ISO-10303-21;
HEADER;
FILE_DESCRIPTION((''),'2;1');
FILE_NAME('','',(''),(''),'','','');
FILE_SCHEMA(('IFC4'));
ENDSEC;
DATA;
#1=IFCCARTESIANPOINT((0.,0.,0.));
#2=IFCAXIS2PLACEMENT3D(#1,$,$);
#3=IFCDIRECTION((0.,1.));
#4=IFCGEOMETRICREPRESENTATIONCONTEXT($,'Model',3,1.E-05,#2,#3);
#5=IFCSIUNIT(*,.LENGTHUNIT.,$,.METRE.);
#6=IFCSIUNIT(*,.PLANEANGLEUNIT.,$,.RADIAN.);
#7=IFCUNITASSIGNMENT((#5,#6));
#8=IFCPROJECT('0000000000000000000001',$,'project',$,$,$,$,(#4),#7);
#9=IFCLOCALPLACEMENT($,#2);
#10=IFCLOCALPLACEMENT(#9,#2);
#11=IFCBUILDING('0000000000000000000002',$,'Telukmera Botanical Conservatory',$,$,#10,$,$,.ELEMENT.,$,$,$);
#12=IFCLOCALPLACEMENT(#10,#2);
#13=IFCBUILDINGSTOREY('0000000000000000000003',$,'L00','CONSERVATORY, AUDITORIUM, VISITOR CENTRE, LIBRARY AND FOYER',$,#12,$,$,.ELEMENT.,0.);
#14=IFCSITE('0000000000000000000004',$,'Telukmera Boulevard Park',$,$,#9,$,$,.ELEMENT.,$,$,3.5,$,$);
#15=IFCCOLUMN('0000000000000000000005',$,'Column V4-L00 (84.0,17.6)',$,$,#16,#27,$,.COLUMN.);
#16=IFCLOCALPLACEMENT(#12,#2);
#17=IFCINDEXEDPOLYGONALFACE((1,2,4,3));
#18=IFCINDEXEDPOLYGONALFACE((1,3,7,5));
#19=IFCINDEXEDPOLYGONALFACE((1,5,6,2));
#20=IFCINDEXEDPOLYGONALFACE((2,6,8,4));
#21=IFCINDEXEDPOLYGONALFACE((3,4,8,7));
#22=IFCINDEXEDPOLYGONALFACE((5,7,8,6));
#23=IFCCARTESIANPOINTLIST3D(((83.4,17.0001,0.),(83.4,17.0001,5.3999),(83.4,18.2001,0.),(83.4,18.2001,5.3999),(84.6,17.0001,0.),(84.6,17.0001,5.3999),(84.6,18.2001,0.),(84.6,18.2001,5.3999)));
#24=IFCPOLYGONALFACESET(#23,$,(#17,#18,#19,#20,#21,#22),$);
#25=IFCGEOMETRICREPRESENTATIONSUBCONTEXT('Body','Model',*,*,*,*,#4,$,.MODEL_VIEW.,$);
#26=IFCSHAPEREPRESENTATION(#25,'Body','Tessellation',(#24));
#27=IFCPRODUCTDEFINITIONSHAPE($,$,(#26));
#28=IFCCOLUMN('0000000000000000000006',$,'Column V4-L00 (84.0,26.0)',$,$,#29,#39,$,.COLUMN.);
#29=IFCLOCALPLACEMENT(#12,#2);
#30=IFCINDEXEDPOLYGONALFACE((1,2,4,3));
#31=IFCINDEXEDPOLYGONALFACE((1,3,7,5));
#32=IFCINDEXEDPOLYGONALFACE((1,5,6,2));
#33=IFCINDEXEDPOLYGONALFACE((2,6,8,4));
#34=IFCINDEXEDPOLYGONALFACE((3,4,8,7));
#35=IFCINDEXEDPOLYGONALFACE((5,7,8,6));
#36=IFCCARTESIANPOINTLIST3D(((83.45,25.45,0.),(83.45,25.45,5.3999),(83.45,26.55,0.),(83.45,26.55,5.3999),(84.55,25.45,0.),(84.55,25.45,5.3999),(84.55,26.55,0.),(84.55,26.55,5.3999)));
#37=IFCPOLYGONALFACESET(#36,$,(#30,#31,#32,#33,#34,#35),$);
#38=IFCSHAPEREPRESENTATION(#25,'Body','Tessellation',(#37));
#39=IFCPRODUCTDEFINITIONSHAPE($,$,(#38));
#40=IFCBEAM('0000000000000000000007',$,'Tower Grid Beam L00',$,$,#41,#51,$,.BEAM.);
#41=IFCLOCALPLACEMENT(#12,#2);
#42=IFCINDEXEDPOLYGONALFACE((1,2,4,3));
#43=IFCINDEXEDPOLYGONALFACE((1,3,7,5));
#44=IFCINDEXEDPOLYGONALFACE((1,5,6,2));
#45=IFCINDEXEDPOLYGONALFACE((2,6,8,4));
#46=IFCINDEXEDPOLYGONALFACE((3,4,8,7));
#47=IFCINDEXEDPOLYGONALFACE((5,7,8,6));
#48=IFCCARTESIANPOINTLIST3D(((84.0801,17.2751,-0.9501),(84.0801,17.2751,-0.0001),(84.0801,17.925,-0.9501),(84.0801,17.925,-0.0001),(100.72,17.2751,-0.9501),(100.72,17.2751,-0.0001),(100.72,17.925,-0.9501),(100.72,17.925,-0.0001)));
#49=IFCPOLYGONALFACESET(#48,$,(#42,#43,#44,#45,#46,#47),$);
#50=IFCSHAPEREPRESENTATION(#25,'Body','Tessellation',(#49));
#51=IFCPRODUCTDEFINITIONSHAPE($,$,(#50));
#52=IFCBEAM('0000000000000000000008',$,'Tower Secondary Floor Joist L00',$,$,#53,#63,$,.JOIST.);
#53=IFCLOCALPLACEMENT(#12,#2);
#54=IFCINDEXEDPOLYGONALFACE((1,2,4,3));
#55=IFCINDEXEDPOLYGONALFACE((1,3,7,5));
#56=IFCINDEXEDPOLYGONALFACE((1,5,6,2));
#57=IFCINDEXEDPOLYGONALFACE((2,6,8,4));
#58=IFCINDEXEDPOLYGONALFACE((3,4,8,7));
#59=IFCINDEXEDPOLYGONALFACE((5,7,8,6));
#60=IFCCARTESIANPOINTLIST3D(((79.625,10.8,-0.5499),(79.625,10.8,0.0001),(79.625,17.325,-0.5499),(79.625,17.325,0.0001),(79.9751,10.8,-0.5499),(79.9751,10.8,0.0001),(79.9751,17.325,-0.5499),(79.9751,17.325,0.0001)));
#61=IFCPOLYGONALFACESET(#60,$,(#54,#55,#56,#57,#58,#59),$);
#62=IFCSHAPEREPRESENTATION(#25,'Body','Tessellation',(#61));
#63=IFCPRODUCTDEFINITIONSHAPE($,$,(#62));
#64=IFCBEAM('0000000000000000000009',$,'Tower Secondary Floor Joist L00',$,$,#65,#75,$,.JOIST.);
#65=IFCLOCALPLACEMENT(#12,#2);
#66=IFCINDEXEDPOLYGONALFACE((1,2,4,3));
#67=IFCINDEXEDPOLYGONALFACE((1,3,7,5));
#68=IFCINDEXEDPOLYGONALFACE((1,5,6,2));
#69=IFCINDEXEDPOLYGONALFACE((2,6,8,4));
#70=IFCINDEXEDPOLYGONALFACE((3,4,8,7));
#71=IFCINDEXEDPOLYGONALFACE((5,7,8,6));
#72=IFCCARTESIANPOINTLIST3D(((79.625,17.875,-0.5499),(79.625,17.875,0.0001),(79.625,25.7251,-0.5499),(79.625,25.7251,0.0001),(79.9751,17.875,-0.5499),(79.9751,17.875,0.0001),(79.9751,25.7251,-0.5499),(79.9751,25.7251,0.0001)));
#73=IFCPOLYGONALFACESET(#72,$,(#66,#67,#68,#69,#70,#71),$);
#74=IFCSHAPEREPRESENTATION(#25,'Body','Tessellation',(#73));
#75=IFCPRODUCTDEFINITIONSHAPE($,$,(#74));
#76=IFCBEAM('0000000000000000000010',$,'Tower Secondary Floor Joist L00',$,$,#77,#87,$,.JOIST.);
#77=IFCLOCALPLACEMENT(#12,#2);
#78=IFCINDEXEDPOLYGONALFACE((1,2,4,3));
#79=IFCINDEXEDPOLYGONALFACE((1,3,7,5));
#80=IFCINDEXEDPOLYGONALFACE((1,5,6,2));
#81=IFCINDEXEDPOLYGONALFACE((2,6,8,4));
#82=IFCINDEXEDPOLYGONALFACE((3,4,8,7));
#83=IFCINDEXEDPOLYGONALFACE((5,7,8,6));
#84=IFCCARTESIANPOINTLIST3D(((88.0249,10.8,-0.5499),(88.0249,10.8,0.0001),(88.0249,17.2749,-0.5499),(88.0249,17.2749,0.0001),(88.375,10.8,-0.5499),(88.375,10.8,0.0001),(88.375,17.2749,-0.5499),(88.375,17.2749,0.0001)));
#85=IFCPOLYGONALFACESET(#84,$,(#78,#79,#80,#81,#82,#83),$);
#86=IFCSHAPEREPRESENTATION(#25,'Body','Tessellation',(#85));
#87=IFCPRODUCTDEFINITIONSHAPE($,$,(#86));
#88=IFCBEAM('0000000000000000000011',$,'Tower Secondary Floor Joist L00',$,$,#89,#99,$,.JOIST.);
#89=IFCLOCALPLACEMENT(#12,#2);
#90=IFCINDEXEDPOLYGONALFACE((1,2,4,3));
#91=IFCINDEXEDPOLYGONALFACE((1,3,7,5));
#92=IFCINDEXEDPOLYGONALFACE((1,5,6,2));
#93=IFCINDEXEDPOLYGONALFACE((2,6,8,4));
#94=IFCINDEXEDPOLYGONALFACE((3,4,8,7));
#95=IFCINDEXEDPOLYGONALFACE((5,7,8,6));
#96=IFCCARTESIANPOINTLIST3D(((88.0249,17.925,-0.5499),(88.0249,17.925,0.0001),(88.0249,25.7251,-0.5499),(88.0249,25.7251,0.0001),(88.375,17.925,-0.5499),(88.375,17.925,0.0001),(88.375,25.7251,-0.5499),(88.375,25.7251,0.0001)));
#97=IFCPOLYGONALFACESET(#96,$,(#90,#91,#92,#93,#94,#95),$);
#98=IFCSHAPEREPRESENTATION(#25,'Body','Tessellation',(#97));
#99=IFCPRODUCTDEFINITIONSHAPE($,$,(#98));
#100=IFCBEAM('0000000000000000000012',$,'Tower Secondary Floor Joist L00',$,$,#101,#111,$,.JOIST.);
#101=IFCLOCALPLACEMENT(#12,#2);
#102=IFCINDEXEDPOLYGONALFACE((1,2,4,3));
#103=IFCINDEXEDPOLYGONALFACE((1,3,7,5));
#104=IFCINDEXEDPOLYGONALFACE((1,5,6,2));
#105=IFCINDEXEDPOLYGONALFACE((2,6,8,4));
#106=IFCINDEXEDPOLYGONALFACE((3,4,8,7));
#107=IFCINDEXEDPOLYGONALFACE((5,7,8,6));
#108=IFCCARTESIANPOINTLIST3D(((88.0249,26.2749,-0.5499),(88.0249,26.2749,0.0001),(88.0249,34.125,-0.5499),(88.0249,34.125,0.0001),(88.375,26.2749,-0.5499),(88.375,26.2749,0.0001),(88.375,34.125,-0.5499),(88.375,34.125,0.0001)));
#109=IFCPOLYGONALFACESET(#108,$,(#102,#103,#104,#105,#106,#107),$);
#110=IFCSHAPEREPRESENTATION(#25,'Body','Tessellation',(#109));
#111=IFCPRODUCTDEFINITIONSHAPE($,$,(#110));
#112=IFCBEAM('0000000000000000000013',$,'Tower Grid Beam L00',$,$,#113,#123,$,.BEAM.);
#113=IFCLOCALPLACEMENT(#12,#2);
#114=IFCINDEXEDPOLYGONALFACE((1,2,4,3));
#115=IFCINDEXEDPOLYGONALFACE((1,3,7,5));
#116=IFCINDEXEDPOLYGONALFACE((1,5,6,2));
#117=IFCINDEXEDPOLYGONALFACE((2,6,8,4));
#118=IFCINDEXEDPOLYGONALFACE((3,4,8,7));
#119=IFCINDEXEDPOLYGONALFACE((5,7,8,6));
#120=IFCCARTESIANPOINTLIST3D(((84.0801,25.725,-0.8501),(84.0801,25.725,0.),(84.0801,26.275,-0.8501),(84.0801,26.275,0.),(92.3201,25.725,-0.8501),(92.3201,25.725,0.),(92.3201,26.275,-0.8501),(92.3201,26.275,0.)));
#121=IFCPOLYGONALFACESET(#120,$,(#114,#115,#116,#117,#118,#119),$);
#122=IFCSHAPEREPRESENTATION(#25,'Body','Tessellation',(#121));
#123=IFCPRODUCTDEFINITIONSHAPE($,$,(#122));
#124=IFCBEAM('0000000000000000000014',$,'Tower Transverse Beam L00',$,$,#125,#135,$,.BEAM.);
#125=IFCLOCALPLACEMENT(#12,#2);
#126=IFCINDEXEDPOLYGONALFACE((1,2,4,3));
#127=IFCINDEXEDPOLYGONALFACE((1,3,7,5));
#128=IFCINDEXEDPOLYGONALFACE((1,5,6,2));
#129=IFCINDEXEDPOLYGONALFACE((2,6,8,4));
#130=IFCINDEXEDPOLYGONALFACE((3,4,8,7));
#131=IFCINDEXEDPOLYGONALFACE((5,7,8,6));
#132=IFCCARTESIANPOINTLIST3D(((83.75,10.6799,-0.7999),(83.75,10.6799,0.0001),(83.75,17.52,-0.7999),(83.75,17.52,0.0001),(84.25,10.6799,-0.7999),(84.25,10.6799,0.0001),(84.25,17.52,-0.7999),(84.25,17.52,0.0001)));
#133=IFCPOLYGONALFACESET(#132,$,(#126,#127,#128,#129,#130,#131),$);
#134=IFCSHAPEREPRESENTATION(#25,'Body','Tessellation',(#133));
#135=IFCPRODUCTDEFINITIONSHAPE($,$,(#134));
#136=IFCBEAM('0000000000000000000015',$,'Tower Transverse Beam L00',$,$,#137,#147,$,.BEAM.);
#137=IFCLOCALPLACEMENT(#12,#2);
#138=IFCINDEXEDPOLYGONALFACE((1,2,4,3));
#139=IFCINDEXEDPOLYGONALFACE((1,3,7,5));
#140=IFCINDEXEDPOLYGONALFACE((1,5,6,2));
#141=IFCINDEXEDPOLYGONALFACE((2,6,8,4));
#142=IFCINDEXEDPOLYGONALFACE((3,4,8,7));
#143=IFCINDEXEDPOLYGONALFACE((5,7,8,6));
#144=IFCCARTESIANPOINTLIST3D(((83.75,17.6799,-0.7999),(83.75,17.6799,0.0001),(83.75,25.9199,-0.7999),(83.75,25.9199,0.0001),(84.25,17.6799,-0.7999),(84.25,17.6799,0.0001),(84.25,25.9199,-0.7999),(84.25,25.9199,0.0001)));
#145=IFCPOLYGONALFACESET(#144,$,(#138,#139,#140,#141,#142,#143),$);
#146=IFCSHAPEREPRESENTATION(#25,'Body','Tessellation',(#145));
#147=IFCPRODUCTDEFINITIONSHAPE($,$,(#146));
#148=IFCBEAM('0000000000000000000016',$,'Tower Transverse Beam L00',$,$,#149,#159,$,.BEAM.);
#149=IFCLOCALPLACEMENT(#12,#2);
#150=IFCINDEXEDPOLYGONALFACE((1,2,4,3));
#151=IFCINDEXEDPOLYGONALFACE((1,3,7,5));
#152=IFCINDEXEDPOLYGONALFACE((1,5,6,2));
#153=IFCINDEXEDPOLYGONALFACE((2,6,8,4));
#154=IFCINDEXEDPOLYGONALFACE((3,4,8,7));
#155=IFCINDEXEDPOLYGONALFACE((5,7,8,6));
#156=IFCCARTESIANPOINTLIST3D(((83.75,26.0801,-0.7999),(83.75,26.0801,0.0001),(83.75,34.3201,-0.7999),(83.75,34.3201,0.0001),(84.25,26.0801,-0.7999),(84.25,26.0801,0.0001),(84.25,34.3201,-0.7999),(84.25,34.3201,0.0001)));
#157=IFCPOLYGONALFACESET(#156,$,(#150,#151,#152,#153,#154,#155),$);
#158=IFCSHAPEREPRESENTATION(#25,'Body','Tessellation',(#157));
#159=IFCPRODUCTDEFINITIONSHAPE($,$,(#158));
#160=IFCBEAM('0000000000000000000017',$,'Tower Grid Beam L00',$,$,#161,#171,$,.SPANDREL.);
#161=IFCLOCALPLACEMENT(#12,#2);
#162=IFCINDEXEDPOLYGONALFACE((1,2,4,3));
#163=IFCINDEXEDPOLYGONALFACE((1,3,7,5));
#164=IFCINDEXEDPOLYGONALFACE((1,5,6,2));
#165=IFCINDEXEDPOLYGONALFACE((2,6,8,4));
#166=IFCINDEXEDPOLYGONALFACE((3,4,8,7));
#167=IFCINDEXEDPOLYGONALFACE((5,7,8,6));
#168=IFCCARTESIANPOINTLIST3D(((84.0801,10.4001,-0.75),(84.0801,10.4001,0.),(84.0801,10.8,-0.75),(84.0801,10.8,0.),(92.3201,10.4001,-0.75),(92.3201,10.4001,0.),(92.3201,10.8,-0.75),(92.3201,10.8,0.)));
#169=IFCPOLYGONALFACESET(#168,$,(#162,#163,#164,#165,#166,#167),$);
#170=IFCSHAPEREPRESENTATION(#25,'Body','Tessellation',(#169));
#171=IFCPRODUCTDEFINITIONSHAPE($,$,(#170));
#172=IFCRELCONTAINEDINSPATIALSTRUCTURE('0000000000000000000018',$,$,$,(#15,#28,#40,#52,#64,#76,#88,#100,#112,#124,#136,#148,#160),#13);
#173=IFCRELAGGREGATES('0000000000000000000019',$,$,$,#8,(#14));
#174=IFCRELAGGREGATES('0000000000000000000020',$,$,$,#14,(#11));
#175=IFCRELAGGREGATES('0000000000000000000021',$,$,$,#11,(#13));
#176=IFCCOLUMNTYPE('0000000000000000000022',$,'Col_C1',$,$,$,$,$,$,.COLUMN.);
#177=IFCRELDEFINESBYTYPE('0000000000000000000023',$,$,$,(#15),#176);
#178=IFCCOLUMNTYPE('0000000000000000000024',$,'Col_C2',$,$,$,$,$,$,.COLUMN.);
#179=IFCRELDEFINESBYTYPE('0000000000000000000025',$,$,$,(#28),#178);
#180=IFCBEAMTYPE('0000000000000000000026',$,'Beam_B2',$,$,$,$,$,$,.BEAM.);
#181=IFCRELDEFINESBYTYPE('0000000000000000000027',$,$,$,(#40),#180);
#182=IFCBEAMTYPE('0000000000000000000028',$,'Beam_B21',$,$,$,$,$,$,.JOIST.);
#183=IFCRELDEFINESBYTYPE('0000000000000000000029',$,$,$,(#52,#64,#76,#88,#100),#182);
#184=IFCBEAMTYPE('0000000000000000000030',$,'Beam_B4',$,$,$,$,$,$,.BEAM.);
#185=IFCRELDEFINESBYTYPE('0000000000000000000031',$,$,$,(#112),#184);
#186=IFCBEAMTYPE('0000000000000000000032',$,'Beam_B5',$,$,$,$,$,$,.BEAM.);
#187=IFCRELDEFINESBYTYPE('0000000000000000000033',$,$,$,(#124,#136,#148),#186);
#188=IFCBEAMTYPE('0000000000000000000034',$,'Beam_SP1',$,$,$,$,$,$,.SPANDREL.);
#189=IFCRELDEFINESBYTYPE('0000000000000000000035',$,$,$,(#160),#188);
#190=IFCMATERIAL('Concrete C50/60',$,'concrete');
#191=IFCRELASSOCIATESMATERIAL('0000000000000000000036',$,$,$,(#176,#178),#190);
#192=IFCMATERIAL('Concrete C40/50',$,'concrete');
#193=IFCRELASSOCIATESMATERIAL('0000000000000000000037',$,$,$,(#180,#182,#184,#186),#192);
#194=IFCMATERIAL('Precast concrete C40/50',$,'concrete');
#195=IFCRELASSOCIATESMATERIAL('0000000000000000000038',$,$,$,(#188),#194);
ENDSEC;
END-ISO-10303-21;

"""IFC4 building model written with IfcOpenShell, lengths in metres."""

from ifc_helpers import new_model, si_unit, direction, frame, origin, origin_2d, place, context, subcontext, project, spatial, rectangle, extrude, material, material_profile, profile_set, type_object, element, save


model = new_model("IFC4")

# Units and contexts
model_context = context("Model", 3, precision=1e-05, world=origin(), true_north=direction((0.0, 1.0)))
body_context = subcontext(model_context, "Body", "Model", "MODEL_VIEW")
ifc_project = project(units=[si_unit("LENGTHUNIT", "METRE"), si_unit("PLANEANGLEUNIT", "RADIAN")], contexts=[model_context])

# Site, building, storey
site_placement = place(None, origin())
site = spatial("IfcSite", under=ifc_project, at=site_placement, Name="Telukmera Boulevard Park", CompositionType="ELEMENT", RefElevation=3.5)
building_placement = place(site_placement, origin())
building = spatial("IfcBuilding", under=site, at=building_placement, Name="Telukmera Botanical Conservatory", CompositionType="ELEMENT")
storey_placement = place(building_placement, origin())
storey = spatial("IfcBuildingStorey", under=building, at=storey_placement, Name="L00", Description="CONSERVATORY, AUDITORIUM, VISITOR CENTRE, LIBRARY AND FOYER", CompositionType="ELEMENT", Elevation=0.0)

# Columns
ifc_material_1 = material(Name="Concrete C50/60", Category="concrete")
ifc_material_profile_1 = material_profile(ifc_material_1, rectangle(XDim=1.2, YDim=1.2, at=origin_2d()), Name="RC 1200x1200")
ifc_profile_set_1 = profile_set([ifc_material_profile_1], Name="Concrete C50/60")
column_type_1 = type_object("IfcColumnType", Name="Col_C1", PredefinedType="COLUMN", material=ifc_profile_set_1)
column_1_placement = place(storey_placement, frame((84.0, 17.6001, 0.0), z_axis=(0.0, 0.0, 1.0), x_axis=(1.0, 0.0, 0.0)))
element("IfcColumn", 1, at=column_1_placement, inside=storey, type_object=column_type_1, Name="Column V4-L00 (84.0,17.6)", PredefinedType="COLUMN", context=body_context, shape_type="SweptSolid", body=[
    extrude(rectangle(XDim=1.2, YDim=1.2, at=origin_2d()), origin(), (0.0, 0.0, 1.0), 5.3999),
])
ifc_material_profile_2 = material_profile(ifc_material_1, rectangle(XDim=1.1001, YDim=1.1001, at=origin_2d()), Name="RC 1100x1100")
ifc_profile_set_2 = profile_set([ifc_material_profile_2], Name="Concrete C50/60")
column_type_2 = type_object("IfcColumnType", Name="Col_C2", PredefinedType="COLUMN", material=ifc_profile_set_2)
column_2_placement = place(storey_placement, frame((84.0, 26.0, 0.0), z_axis=(0.0, 0.0, 1.0), x_axis=(1.0, 0.0, 0.0)))
element("IfcColumn", 2, at=column_2_placement, inside=storey, type_object=column_type_2, Name="Column V4-L00 (84.0,26.0)", PredefinedType="COLUMN", context=body_context, shape_type="SweptSolid", body=[
    extrude(rectangle(XDim=1.1001, YDim=1.1001, at=origin_2d()), origin(), (0.0, 0.0, 1.0), 5.3999),
])

# Beams
ifc_material_2 = material(Name="Concrete C40/50", Category="concrete")
ifc_material_profile_3 = material_profile(ifc_material_2, rectangle(XDim=0.6499, YDim=0.95, at=origin_2d()), Name="RC 650x950")
ifc_profile_set_3 = profile_set([ifc_material_profile_3], Name="Concrete C40/50")
beam_type_1 = type_object("IfcBeamType", Name="Beam_B2", PredefinedType="BEAM", material=ifc_profile_set_3)
beam_1_placement = place(storey_placement, frame((84.0801, 17.6001, -0.4751), z_axis=(1.0, 0.0, 0.0), x_axis=(0.0, 1.0, 0.0)))
element("IfcBeam", 3, at=beam_1_placement, inside=storey, type_object=beam_type_1, Name="Tower Grid Beam L00", PredefinedType="BEAM", context=body_context, shape_type="SweptSolid", body=[
    extrude(rectangle(XDim=0.6499, YDim=0.95, at=origin_2d()), origin(), (0.0, 0.0, 1.0), 16.6399),
])
ifc_material_profile_4 = material_profile(ifc_material_2, rectangle(XDim=0.3501, YDim=0.55, at=origin_2d()), Name="RC 350x550")
ifc_profile_set_4 = profile_set([ifc_material_profile_4], Name="Concrete C40/50")
beam_type_2 = type_object("IfcBeamType", Name="Beam_B21", PredefinedType="JOIST", material=ifc_profile_set_4)
beam_2_placement = place(storey_placement, frame((79.8, 10.8, -0.2749), z_axis=(0.0, 1.0, 0.0), x_axis=(-1.0, 0.0, 0.0)))
element("IfcBeam", 4, at=beam_2_placement, inside=storey, type_object=beam_type_2, Name="Tower Secondary Floor Joist L00", PredefinedType="JOIST", context=body_context, shape_type="SweptSolid", body=[
    extrude(rectangle(XDim=0.3501, YDim=0.55, at=origin_2d()), origin(), (0.0, 0.0, 1.0), 6.5249),
])
beam_3_placement = place(storey_placement, frame((79.8, 17.875, -0.2749), z_axis=(0.0, 1.0, 0.0), x_axis=(-1.0, 0.0, 0.0)))
element("IfcBeam", 5, at=beam_3_placement, inside=storey, type_object=beam_type_2, Name="Tower Secondary Floor Joist L00", PredefinedType="JOIST", context=body_context, shape_type="SweptSolid", body=[
    extrude(rectangle(XDim=0.3501, YDim=0.55, at=origin_2d()), origin(), (0.0, 0.0, 1.0), 7.8501),
])
beam_4_placement = place(storey_placement, frame((88.2, 10.8, -0.2749), z_axis=(0.0, 1.0, 0.0), x_axis=(-1.0, 0.0, 0.0)))
element("IfcBeam", 6, at=beam_4_placement, inside=storey, type_object=beam_type_2, Name="Tower Secondary Floor Joist L00", PredefinedType="JOIST", context=body_context, shape_type="SweptSolid", body=[
    extrude(rectangle(XDim=0.3501, YDim=0.55, at=origin_2d()), origin(), (0.0, 0.0, 1.0), 6.4749),
])
beam_5_placement = place(storey_placement, frame((88.2, 17.925, -0.2749), z_axis=(0.0, 1.0, 0.0), x_axis=(-1.0, 0.0, 0.0)))
element("IfcBeam", 7, at=beam_5_placement, inside=storey, type_object=beam_type_2, Name="Tower Secondary Floor Joist L00", PredefinedType="JOIST", context=body_context, shape_type="SweptSolid", body=[
    extrude(rectangle(XDim=0.3501, YDim=0.55, at=origin_2d()), origin(), (0.0, 0.0, 1.0), 7.8),
])
beam_6_placement = place(storey_placement, frame((88.2, 26.2749, -0.2749), z_axis=(0.0, 1.0, 0.0), x_axis=(-1.0, 0.0, 0.0)))
element("IfcBeam", 8, at=beam_6_placement, inside=storey, type_object=beam_type_2, Name="Tower Secondary Floor Joist L00", PredefinedType="JOIST", context=body_context, shape_type="SweptSolid", body=[
    extrude(rectangle(XDim=0.3501, YDim=0.55, at=origin_2d()), origin(), (0.0, 0.0, 1.0), 7.8501),
])
ifc_material_profile_5 = material_profile(ifc_material_2, rectangle(XDim=0.55, YDim=0.8501, at=origin_2d()), Name="RC 550x850")
ifc_profile_set_5 = profile_set([ifc_material_profile_5], Name="Concrete C40/50")
beam_type_3 = type_object("IfcBeamType", Name="Beam_B4", PredefinedType="BEAM", material=ifc_profile_set_5)
beam_7_placement = place(storey_placement, frame((84.0801, 26.0, -0.425), z_axis=(1.0, 0.0, 0.0), x_axis=(0.0, 1.0, 0.0)))
element("IfcBeam", 9, at=beam_7_placement, inside=storey, type_object=beam_type_3, Name="Tower Grid Beam L00", PredefinedType="BEAM", context=body_context, shape_type="SweptSolid", body=[
    extrude(rectangle(XDim=0.55, YDim=0.8501, at=origin_2d()), origin(), (0.0, 0.0, 1.0), 8.24),
])
ifc_material_profile_6 = material_profile(ifc_material_2, rectangle(XDim=0.5, YDim=0.8, at=origin_2d()), Name="RC 500x800")
ifc_profile_set_6 = profile_set([ifc_material_profile_6], Name="Concrete C40/50")
beam_type_4 = type_object("IfcBeamType", Name="Beam_B5", PredefinedType="BEAM", material=ifc_profile_set_6)
beam_8_placement = place(storey_placement, frame((84.0, 10.6799, -0.3999), z_axis=(0.0, 1.0, 0.0), x_axis=(-1.0, 0.0, 0.0)))
element("IfcBeam", 10, at=beam_8_placement, inside=storey, type_object=beam_type_4, Name="Tower Transverse Beam L00", PredefinedType="BEAM", context=body_context, shape_type="SweptSolid", body=[
    extrude(rectangle(XDim=0.5, YDim=0.8, at=origin_2d()), origin(), (0.0, 0.0, 1.0), 6.8401),
])
for number, where, z_axis, x_axis, name in (
    (11, (84.0, 17.6799, -0.3999), (0.0, 1.0, 0.0), (-1.0, 0.0, 0.0), "Tower Transverse Beam L00"),
    (12, (84.0, 26.0801, -0.3999), (0.0, 1.0, 0.0), (-1.0, 0.0, 0.0), "Tower Transverse Beam L00"),
):
    element("IfcBeam", number, at=place(storey_placement, frame(where, z_axis=z_axis, x_axis=x_axis)), inside=storey, type_object=beam_type_4, Name=name, PredefinedType="BEAM", context=body_context, shape_type="SweptSolid", body=[
        extrude(rectangle(XDim=0.5, YDim=0.8, at=origin_2d()), origin(), (0.0, 0.0, 1.0), 8.24),
    ])
ifc_material_3 = material(Name="Precast concrete C40/50", Category="concrete")
ifc_material_profile_7 = material_profile(ifc_material_3, rectangle(XDim=0.3999, YDim=0.75, at=origin_2d()), Name="PC 400x750")
ifc_profile_set_7 = profile_set([ifc_material_profile_7], Name="Precast concrete C40/50")
beam_type_5 = type_object("IfcBeamType", Name="Beam_SP1", PredefinedType="SPANDREL", material=ifc_profile_set_7)
beam_9_placement = place(storey_placement, frame((84.0801, 10.6001, -0.375), z_axis=(1.0, 0.0, 0.0), x_axis=(0.0, 1.0, 0.0)))
element("IfcBeam", 13, at=beam_9_placement, inside=storey, type_object=beam_type_5, Name="Tower Grid Beam L00", PredefinedType="SPANDREL", context=body_context, shape_type="SweptSolid", body=[
    extrude(rectangle(XDim=0.3999, YDim=0.75, at=origin_2d()), origin(), (0.0, 0.0, 1.0), 8.24),
])

save(model, "model.ifc")
